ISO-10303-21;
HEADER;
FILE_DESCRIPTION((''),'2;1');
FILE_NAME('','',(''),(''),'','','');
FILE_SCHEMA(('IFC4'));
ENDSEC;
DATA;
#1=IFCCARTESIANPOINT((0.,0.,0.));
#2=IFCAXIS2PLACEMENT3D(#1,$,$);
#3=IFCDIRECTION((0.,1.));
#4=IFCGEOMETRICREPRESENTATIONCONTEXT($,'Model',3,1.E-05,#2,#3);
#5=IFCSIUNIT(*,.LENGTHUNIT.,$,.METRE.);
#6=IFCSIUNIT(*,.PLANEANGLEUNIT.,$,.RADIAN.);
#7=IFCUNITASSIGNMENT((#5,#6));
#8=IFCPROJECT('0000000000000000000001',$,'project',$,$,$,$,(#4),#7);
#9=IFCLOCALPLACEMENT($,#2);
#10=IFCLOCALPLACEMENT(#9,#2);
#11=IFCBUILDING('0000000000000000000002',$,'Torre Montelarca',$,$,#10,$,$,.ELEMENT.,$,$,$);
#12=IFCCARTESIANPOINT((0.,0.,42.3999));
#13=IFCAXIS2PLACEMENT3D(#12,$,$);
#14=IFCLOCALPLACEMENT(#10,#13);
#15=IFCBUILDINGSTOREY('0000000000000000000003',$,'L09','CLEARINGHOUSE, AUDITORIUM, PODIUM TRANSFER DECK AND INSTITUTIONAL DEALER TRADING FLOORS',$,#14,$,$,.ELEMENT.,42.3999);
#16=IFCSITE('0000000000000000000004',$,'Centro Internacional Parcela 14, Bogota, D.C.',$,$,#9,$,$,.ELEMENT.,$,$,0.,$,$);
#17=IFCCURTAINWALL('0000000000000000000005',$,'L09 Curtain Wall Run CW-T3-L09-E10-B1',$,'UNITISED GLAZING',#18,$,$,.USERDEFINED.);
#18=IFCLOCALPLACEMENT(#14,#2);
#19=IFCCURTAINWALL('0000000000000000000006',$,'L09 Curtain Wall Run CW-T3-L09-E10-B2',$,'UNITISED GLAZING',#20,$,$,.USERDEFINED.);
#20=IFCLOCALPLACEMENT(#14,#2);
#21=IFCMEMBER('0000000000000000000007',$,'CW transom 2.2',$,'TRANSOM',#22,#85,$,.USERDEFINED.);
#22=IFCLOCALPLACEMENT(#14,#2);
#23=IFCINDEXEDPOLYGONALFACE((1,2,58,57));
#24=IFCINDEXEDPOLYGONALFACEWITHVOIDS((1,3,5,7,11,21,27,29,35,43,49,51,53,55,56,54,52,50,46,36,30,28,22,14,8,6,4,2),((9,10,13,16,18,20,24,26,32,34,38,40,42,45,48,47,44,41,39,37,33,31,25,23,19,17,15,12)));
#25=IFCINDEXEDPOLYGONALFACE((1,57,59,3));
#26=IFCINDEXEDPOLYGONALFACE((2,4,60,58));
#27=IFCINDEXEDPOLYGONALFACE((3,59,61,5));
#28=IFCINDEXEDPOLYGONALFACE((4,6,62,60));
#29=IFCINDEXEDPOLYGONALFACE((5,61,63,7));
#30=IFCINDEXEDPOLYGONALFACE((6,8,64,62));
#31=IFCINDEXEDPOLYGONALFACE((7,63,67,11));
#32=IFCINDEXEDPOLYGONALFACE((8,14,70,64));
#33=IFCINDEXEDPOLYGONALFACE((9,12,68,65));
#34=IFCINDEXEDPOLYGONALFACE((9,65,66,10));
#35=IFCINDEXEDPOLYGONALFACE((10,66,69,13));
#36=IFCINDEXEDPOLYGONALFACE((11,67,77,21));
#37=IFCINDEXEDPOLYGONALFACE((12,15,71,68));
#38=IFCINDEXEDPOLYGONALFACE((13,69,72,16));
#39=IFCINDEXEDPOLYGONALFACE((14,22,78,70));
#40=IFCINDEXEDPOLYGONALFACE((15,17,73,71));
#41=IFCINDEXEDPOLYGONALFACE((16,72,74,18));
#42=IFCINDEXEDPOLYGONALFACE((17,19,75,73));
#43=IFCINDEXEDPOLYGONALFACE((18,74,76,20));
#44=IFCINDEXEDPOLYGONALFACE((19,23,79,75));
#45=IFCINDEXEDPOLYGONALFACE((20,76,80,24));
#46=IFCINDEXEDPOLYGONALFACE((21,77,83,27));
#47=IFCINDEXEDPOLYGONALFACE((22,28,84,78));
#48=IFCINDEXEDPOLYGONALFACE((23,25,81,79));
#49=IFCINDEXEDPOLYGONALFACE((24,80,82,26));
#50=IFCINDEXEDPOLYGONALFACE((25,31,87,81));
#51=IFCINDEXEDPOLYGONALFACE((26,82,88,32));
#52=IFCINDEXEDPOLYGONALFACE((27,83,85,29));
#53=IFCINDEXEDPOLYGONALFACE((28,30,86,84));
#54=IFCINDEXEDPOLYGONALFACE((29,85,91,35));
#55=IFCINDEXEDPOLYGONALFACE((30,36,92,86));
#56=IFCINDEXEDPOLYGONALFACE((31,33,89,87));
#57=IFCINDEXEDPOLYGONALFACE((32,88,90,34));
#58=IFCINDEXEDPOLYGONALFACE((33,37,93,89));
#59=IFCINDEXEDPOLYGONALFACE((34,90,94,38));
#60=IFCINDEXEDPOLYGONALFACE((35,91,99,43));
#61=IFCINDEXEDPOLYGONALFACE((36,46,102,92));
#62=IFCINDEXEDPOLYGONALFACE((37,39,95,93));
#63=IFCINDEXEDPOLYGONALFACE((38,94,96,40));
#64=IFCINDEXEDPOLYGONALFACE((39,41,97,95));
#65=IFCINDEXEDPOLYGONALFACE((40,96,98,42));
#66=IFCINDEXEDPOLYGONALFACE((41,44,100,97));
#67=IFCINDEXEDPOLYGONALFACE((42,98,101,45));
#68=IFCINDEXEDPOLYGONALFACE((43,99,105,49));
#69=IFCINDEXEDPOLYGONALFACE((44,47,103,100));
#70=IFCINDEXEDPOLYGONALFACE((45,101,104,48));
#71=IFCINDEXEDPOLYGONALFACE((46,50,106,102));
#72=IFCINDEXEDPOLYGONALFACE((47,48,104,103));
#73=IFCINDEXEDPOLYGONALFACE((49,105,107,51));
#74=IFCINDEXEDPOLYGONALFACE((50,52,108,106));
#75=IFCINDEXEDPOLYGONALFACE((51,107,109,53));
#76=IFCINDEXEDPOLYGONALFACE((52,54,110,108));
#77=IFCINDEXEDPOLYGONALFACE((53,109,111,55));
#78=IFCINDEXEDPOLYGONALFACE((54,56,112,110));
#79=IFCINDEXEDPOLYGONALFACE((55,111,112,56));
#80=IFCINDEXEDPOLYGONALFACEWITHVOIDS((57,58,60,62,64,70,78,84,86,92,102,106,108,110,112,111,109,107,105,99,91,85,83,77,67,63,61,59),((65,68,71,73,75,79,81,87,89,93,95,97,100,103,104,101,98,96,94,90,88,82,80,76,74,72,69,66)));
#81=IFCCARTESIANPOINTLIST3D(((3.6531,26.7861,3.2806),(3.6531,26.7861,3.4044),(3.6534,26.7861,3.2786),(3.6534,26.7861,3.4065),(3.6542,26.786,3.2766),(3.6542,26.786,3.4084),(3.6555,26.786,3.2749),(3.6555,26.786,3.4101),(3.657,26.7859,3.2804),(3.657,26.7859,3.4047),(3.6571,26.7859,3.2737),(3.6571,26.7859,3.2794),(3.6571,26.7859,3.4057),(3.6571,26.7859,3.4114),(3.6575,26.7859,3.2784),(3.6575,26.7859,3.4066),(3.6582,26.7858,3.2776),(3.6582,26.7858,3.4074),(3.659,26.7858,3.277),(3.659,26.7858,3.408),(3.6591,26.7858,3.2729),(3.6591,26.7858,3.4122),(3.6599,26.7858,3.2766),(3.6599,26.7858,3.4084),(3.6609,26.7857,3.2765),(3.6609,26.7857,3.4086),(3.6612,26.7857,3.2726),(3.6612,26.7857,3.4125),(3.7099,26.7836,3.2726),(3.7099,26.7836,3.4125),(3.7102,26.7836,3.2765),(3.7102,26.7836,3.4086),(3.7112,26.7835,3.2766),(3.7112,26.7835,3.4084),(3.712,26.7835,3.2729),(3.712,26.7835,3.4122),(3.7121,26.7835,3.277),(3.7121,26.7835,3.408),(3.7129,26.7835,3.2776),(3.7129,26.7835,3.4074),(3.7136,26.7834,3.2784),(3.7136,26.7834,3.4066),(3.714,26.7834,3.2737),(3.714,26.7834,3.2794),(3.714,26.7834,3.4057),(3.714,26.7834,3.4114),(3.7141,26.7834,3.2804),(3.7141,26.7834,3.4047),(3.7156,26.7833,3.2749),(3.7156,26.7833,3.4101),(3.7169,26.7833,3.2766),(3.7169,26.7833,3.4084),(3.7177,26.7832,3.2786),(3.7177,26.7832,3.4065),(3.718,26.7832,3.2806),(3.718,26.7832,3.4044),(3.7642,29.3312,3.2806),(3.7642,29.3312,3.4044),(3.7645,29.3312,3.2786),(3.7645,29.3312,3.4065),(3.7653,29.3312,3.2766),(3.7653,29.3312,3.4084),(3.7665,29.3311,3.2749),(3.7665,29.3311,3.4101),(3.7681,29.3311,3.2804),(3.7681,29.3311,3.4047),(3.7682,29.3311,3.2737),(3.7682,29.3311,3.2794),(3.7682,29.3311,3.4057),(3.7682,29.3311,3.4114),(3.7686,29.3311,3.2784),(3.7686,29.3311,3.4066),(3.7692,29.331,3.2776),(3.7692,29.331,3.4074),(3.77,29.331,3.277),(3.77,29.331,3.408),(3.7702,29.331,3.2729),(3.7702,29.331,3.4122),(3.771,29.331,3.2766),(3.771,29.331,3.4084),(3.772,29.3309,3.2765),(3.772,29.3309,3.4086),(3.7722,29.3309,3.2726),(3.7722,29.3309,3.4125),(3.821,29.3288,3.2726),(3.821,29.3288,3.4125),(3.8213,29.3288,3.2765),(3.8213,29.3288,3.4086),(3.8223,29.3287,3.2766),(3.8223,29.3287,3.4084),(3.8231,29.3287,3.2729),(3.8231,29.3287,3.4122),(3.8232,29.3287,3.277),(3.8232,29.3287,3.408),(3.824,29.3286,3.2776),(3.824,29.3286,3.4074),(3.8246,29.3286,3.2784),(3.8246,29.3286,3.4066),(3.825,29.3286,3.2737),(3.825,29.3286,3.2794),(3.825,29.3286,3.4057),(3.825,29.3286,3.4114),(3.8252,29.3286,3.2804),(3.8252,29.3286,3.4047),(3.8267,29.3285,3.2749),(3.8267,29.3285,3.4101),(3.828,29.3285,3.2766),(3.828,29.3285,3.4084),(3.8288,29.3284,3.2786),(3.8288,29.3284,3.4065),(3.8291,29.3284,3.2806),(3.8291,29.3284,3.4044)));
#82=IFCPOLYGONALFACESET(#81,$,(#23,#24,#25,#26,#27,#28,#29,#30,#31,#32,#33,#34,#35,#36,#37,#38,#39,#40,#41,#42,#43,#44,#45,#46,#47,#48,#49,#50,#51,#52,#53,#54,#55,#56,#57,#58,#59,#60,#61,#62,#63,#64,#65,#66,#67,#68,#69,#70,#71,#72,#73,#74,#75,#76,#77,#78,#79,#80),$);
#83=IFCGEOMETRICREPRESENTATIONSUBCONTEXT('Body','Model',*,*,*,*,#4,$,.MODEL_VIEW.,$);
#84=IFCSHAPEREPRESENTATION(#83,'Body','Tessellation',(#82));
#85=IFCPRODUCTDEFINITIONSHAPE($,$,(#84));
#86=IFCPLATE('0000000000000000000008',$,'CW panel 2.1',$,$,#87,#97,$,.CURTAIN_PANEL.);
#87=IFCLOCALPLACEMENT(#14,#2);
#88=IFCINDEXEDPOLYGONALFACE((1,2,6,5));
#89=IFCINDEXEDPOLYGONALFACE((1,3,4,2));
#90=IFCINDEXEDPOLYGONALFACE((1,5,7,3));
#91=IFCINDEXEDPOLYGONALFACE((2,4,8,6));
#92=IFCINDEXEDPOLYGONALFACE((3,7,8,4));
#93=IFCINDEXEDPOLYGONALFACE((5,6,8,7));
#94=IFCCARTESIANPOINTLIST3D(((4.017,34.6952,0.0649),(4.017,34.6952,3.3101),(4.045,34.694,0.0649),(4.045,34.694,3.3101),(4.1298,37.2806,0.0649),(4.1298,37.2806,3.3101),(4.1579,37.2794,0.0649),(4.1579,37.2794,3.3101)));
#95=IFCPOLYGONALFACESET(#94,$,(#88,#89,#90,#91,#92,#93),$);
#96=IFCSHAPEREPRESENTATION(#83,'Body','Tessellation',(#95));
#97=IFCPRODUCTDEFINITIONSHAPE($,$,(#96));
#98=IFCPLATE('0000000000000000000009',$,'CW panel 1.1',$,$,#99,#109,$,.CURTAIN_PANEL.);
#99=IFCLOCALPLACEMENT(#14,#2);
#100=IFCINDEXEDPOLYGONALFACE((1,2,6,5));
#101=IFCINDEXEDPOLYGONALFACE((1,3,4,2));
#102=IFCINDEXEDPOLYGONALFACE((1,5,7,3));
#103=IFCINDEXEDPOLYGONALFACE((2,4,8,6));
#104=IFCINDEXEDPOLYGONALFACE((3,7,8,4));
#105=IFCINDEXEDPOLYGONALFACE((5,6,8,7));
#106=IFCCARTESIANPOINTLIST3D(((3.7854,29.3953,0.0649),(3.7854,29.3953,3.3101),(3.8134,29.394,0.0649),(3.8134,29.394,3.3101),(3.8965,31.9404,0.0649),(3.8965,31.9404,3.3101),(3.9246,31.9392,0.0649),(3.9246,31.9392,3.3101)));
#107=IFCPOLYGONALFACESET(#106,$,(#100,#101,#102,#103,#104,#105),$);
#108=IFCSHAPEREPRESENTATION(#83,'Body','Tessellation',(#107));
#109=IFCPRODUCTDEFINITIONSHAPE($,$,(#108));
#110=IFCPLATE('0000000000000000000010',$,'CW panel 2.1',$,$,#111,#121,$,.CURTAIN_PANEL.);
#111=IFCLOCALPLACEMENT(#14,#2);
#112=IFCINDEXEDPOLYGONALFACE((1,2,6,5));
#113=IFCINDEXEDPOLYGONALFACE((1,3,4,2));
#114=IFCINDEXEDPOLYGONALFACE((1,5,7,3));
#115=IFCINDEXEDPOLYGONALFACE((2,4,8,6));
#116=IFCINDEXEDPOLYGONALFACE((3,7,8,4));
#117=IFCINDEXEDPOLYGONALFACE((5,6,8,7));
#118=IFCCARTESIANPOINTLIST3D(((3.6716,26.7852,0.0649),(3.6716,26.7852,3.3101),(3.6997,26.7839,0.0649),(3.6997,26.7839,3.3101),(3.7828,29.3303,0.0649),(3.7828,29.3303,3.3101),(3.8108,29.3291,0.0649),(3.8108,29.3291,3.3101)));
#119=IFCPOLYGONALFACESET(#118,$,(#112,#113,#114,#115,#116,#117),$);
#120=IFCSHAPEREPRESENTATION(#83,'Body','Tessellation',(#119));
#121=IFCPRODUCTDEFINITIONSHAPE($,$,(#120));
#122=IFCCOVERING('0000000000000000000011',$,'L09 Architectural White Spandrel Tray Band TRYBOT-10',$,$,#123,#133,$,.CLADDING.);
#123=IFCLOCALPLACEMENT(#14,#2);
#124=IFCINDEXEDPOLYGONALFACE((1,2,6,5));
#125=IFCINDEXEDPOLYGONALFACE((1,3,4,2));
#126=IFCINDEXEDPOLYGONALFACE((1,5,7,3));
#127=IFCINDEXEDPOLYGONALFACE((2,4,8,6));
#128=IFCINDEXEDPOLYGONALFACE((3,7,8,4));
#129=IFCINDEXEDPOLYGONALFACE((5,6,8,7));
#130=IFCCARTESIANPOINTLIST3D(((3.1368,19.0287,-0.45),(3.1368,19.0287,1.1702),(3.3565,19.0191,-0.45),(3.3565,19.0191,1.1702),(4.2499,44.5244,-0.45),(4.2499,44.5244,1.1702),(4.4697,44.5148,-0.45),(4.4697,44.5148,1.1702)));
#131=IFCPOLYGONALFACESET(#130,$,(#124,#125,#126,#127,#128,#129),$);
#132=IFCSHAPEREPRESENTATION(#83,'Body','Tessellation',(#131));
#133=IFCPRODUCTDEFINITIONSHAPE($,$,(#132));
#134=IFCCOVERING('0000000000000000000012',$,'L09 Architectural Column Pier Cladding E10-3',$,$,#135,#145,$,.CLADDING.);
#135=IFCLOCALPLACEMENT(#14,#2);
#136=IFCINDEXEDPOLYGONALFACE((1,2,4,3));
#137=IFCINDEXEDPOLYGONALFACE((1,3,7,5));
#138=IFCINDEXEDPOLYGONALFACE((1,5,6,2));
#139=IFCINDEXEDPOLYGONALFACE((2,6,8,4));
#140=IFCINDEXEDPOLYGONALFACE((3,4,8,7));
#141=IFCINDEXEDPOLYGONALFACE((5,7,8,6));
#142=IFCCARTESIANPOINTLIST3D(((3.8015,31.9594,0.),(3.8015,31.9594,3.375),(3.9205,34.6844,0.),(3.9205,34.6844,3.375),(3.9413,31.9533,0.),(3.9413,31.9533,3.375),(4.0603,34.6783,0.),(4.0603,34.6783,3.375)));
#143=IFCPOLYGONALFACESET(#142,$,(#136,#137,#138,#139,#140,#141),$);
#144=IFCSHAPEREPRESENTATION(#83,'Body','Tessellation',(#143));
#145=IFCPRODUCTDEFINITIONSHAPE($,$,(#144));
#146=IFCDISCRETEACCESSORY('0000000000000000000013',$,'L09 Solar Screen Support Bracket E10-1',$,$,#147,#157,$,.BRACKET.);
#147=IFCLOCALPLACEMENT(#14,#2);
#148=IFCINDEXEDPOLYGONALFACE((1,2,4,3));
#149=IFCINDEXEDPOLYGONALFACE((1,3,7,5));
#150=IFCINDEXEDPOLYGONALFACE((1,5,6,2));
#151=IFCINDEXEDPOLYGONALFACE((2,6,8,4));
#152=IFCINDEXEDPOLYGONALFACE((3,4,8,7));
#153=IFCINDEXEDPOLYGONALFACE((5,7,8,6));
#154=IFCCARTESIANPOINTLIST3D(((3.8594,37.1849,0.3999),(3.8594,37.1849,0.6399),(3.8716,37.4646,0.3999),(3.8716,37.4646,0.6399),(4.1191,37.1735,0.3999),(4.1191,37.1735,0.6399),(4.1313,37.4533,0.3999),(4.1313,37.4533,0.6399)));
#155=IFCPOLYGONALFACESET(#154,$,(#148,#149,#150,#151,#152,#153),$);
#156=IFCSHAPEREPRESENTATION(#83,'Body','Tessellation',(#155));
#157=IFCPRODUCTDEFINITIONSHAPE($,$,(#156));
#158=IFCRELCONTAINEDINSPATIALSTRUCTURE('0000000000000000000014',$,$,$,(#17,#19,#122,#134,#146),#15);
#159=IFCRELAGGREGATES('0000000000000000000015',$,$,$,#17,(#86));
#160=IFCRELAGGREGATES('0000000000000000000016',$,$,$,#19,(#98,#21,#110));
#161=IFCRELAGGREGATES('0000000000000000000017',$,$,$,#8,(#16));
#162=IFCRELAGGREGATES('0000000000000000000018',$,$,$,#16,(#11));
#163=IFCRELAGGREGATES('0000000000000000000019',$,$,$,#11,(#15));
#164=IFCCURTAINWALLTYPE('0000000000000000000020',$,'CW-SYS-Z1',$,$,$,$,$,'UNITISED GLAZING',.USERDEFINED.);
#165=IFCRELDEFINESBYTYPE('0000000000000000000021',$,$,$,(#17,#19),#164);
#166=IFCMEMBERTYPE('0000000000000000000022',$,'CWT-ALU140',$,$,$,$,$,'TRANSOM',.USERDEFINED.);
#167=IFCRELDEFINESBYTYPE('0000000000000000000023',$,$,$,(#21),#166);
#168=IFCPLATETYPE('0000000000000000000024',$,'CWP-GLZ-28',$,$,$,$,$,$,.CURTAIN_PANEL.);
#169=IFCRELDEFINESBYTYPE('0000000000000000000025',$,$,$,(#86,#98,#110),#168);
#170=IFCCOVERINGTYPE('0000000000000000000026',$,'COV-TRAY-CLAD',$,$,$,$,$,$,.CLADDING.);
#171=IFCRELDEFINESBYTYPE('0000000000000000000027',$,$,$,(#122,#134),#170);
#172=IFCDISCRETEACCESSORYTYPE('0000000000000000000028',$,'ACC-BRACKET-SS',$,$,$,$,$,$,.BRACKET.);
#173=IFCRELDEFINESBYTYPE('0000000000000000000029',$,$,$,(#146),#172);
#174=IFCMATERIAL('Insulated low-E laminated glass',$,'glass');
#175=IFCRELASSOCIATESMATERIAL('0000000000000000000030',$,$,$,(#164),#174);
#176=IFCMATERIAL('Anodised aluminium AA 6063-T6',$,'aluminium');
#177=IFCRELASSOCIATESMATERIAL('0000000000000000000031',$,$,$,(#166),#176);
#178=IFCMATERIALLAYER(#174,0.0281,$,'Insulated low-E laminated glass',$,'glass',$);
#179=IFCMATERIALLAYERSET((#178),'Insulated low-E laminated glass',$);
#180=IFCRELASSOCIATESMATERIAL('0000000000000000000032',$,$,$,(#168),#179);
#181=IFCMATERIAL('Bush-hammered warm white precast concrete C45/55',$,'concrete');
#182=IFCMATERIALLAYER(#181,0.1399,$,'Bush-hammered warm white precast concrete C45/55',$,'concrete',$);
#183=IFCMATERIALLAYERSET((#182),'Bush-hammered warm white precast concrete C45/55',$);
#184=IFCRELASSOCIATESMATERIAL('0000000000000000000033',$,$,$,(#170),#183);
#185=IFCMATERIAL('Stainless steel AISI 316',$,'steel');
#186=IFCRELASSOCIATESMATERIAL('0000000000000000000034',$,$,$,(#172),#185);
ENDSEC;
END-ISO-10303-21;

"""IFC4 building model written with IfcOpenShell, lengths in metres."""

from ifc_helpers import new_model, si_unit, direction, frame, origin, origin_2d, place, context, subcontext, project, spatial, rectangle, hollow_rectangle, extrude, source, transform, mapped, material, layer, layer_set, material_profile, profile_set, type_object, element, aggregate, save


model = new_model("IFC4")

# Units and contexts
model_context = context("Model", 3, precision=1e-05, world=origin(), true_north=direction((0.0, 1.0)))
body_context = subcontext(model_context, "Body", "Model", "MODEL_VIEW")
ifc_project = project(units=[si_unit("LENGTHUNIT", "METRE"), si_unit("PLANEANGLEUNIT", "RADIAN")], contexts=[model_context])

# Site, building, storey
site_placement = place(None, origin())
site = spatial("IfcSite", under=ifc_project, at=site_placement, Name="Centro Internacional Parcela 14, Bogota, D.C.", CompositionType="ELEMENT", RefElevation=0.0)
building_placement = place(site_placement, origin())
building = spatial("IfcBuilding", under=site, at=building_placement, Name="Torre Montelarca", CompositionType="ELEMENT")
storey_placement = place(building_placement, frame((0.0, 0.0, 42.3999)))
storey = spatial("IfcBuildingStorey", under=building, at=storey_placement, Name="L09", Description="CLEARINGHOUSE, AUDITORIUM, PODIUM TRANSFER DECK AND INSTITUTIONAL DEALER TRADING FLOORS", CompositionType="ELEMENT", Elevation=42.3999)

# Curtain walls
ifc_material_1 = material(Name="Insulated low-E laminated glass", Category="glass")
curtain_wall_type = type_object("IfcCurtainWallType", Name="CW-SYS-Z1", ElementType="UNITISED GLAZING", PredefinedType="USERDEFINED", material=ifc_material_1)
curtain_wall_1_placement = place(storey_placement, origin())
curtain_wall_1 = element("IfcCurtainWall", 1, at=curtain_wall_1_placement, inside=storey, type_object=curtain_wall_type, Name="L09 Curtain Wall Run CW-T3-L09-E10-B1", ObjectType="UNITISED GLAZING", PredefinedType="USERDEFINED")
ifc_material_2 = material(Name="Anodised aluminium AA 6063-T6", Category="aluminium")
curtain_wall_2_placement = place(storey_placement, origin())
curtain_wall_2 = element("IfcCurtainWall", 2, at=curtain_wall_2_placement, inside=storey, type_object=curtain_wall_type, Name="L09 Curtain Wall Run CW-T3-L09-E10-B2", ObjectType="UNITISED GLAZING", PredefinedType="USERDEFINED")

# Member
ifc_material_profile_1 = material_profile(ifc_material_2, hollow_rectangle(XDim=0.0649, YDim=0.1399, WallThickness=0.0039, InnerFilletRadius=0.0039, OuterFilletRadius=0.0081, at=origin_2d()), Name="ALU65X140X4", Category="aluminium")
ifc_profile_set_1 = profile_set([ifc_material_profile_1], Name="Anodised aluminium AA 6063-T6")
member_type_1 = type_object("IfcMemberType", Name="CWT-ALU140", ElementType="TRANSOM", PredefinedType="USERDEFINED", material=ifc_profile_set_1)
shared_shape_1 = source(origin(), body_context, "Body", "SweptSolid", [
    extrude(hollow_rectangle(XDim=0.0649, YDim=0.1399, WallThickness=0.0039, InnerFilletRadius=0.0039, OuterFilletRadius=0.0081, at=origin_2d()), origin(), (0.0, 0.0, 1.0), 2.5476),
])
member_1_placement = place(storey_placement, frame((3.7966, 29.3298, 3.3425), z_axis=(-0.043604, -0.999049, 0.0), x_axis=(0.999049, -0.043604, 0.0)))
member_1 = element("IfcMember", 3, at=member_1_placement, type_object=member_type_1, Name="CW transom 2.2", ObjectType="TRANSOM", PredefinedType="USERDEFINED", context=body_context, shape_type="MappedRepresentation", body=[
    mapped(shared_shape_1, transform((0.0, 0.0, 0.0), scale=1.0)),
])

# Plates
ifc_layer_1 = layer(ifc_material_1, 0.0281, Name="Insulated low-E laminated glass", Category="glass")
ifc_layer_set_1 = layer_set([ifc_layer_1], Name="Insulated low-E laminated glass")
plate_type = type_object("IfcPlateType", Name="CWP-GLZ-28", PredefinedType="CURTAIN_PANEL", material=ifc_layer_set_1)
shared_shape_2 = source(origin(), body_context, "Body", "SweptSolid", [
    extrude(rectangle(XDim=2.5879, YDim=0.0281, at=origin_2d()), origin(), (0.0, 0.0, 1.0), 3.2451),
])
plate_1_placement = place(storey_placement, frame((4.0874, 35.9873, 0.0649), z_axis=(0.0, 0.0, 1.0), x_axis=(-0.043607, -0.999049, 0.0)))
plate_1 = element("IfcPlate", 4, at=plate_1_placement, type_object=plate_type, Name="CW panel 2.1", PredefinedType="CURTAIN_PANEL", context=body_context, shape_type="MappedRepresentation", body=[
    mapped(shared_shape_2, transform((0.0, 0.0, 0.0), scale=1.0)),
])
aggregate(curtain_wall_1, [plate_1])
shared_shape_3 = source(origin(), body_context, "Body", "SweptSolid", [
    extrude(rectangle(XDim=2.5476, YDim=0.0281, at=origin_2d()), origin(), (0.0, 0.0, 1.0), 3.2451),
])
plate_2_placement = place(storey_placement, frame((3.855, 30.6672, 0.0649), z_axis=(0.0, 0.0, 1.0), x_axis=(-0.043629, -0.999048, 0.0)))
plate_2 = element("IfcPlate", 5, at=plate_2_placement, type_object=plate_type, Name="CW panel 1.1", PredefinedType="CURTAIN_PANEL", context=body_context, shape_type="MappedRepresentation", body=[
    mapped(shared_shape_3, transform((0.0, 0.0, 0.0), scale=1.0)),
])
plate_3_placement = place(storey_placement, frame((3.7412, 28.0571, 0.0649), z_axis=(0.0, 0.0, 1.0), x_axis=(-0.043629, -0.999048, 0.0)))
plate_3 = element("IfcPlate", 6, at=plate_3_placement, type_object=plate_type, Name="CW panel 2.1", PredefinedType="CURTAIN_PANEL", context=body_context, shape_type="MappedRepresentation", body=[
    mapped(shared_shape_3, transform((0.0, 0.0, 0.0), scale=1.0)),
])
aggregate(curtain_wall_2, [plate_2, member_1, plate_3])

# Coverings
ifc_material_3 = material(Name="Bush-hammered warm white precast concrete C45/55", Category="concrete")
ifc_layer_2 = layer(ifc_material_3, 0.1399, Name="Bush-hammered warm white precast concrete C45/55", Category="concrete")
ifc_layer_set_2 = layer_set([ifc_layer_2], Name="Bush-hammered warm white precast concrete C45/55")
covering_type = type_object("IfcCoveringType", Name="COV-TRAY-CLAD", PredefinedType="CLADDING", material=ifc_layer_set_2)
shared_shape_4 = source(origin(), body_context, "Body", "SweptSolid", [
    extrude(rectangle(XDim=25.52, YDim=0.22, at=origin_2d()), origin(), (0.0, 0.0, 1.0), 1.6201),
])
covering_1_placement = place(storey_placement, frame((3.8032, 31.7717, -0.45), z_axis=(0.0, 0.0, 1.0), x_axis=(-0.043618, -0.999048, 0.0)))
element("IfcCovering", 7, at=covering_1_placement, inside=storey, type_object=covering_type, Name="L09 Architectural White Spandrel Tray Band TRYBOT-10", PredefinedType="CLADDING", context=body_context, shape_type="MappedRepresentation", body=[
    mapped(shared_shape_4, transform((0.0, 0.0, 0.0), scale=1.0)),
])
shared_shape_5 = source(origin(), body_context, "Body", "SweptSolid", [
    extrude(rectangle(XDim=2.7275, YDim=0.1399, at=origin_2d()), origin(), (0.0, 0.0, 1.0), 3.375),
])
covering_2_placement = place(storey_placement, frame((3.9309, 33.3188, 0.0), z_axis=(0.0, 0.0, 1.0), x_axis=(-0.043619, -0.999048, 0.0)))
element("IfcCovering", 8, at=covering_2_placement, inside=storey, type_object=covering_type, Name="L09 Architectural Column Pier Cladding E10-3", PredefinedType="CLADDING", context=body_context, shape_type="MappedRepresentation", body=[
    mapped(shared_shape_5, transform((0.0, 0.0, 0.0), scale=1.0)),
])

# Discrete accessory
ifc_material_4 = material(Name="Stainless steel AISI 316", Category="steel")
discrete_accessory_type = type_object("IfcDiscreteAccessoryType", Name="ACC-BRACKET-SS", PredefinedType="BRACKET", material=ifc_material_4)
shared_shape_6 = source(origin(), body_context, "Body", "SweptSolid", [
    extrude(rectangle(XDim=0.28, YDim=0.26, at=origin_2d()), origin(), (0.0, 0.0, 1.0), 0.24),
])
discrete_accessory_placement = place(storey_placement, frame((3.9954, 37.3191, 0.3999), z_axis=(0.0, 0.0, 1.0), x_axis=(-0.043618, -0.999048, 0.0)))
element("IfcDiscreteAccessory", 9, at=discrete_accessory_placement, inside=storey, type_object=discrete_accessory_type, Name="L09 Solar Screen Support Bracket E10-1", PredefinedType="BRACKET", context=body_context, shape_type="MappedRepresentation", body=[
    mapped(shared_shape_6, transform((0.0, 0.0, 0.0), scale=1.0)),
])

save(model, "model.ifc")
